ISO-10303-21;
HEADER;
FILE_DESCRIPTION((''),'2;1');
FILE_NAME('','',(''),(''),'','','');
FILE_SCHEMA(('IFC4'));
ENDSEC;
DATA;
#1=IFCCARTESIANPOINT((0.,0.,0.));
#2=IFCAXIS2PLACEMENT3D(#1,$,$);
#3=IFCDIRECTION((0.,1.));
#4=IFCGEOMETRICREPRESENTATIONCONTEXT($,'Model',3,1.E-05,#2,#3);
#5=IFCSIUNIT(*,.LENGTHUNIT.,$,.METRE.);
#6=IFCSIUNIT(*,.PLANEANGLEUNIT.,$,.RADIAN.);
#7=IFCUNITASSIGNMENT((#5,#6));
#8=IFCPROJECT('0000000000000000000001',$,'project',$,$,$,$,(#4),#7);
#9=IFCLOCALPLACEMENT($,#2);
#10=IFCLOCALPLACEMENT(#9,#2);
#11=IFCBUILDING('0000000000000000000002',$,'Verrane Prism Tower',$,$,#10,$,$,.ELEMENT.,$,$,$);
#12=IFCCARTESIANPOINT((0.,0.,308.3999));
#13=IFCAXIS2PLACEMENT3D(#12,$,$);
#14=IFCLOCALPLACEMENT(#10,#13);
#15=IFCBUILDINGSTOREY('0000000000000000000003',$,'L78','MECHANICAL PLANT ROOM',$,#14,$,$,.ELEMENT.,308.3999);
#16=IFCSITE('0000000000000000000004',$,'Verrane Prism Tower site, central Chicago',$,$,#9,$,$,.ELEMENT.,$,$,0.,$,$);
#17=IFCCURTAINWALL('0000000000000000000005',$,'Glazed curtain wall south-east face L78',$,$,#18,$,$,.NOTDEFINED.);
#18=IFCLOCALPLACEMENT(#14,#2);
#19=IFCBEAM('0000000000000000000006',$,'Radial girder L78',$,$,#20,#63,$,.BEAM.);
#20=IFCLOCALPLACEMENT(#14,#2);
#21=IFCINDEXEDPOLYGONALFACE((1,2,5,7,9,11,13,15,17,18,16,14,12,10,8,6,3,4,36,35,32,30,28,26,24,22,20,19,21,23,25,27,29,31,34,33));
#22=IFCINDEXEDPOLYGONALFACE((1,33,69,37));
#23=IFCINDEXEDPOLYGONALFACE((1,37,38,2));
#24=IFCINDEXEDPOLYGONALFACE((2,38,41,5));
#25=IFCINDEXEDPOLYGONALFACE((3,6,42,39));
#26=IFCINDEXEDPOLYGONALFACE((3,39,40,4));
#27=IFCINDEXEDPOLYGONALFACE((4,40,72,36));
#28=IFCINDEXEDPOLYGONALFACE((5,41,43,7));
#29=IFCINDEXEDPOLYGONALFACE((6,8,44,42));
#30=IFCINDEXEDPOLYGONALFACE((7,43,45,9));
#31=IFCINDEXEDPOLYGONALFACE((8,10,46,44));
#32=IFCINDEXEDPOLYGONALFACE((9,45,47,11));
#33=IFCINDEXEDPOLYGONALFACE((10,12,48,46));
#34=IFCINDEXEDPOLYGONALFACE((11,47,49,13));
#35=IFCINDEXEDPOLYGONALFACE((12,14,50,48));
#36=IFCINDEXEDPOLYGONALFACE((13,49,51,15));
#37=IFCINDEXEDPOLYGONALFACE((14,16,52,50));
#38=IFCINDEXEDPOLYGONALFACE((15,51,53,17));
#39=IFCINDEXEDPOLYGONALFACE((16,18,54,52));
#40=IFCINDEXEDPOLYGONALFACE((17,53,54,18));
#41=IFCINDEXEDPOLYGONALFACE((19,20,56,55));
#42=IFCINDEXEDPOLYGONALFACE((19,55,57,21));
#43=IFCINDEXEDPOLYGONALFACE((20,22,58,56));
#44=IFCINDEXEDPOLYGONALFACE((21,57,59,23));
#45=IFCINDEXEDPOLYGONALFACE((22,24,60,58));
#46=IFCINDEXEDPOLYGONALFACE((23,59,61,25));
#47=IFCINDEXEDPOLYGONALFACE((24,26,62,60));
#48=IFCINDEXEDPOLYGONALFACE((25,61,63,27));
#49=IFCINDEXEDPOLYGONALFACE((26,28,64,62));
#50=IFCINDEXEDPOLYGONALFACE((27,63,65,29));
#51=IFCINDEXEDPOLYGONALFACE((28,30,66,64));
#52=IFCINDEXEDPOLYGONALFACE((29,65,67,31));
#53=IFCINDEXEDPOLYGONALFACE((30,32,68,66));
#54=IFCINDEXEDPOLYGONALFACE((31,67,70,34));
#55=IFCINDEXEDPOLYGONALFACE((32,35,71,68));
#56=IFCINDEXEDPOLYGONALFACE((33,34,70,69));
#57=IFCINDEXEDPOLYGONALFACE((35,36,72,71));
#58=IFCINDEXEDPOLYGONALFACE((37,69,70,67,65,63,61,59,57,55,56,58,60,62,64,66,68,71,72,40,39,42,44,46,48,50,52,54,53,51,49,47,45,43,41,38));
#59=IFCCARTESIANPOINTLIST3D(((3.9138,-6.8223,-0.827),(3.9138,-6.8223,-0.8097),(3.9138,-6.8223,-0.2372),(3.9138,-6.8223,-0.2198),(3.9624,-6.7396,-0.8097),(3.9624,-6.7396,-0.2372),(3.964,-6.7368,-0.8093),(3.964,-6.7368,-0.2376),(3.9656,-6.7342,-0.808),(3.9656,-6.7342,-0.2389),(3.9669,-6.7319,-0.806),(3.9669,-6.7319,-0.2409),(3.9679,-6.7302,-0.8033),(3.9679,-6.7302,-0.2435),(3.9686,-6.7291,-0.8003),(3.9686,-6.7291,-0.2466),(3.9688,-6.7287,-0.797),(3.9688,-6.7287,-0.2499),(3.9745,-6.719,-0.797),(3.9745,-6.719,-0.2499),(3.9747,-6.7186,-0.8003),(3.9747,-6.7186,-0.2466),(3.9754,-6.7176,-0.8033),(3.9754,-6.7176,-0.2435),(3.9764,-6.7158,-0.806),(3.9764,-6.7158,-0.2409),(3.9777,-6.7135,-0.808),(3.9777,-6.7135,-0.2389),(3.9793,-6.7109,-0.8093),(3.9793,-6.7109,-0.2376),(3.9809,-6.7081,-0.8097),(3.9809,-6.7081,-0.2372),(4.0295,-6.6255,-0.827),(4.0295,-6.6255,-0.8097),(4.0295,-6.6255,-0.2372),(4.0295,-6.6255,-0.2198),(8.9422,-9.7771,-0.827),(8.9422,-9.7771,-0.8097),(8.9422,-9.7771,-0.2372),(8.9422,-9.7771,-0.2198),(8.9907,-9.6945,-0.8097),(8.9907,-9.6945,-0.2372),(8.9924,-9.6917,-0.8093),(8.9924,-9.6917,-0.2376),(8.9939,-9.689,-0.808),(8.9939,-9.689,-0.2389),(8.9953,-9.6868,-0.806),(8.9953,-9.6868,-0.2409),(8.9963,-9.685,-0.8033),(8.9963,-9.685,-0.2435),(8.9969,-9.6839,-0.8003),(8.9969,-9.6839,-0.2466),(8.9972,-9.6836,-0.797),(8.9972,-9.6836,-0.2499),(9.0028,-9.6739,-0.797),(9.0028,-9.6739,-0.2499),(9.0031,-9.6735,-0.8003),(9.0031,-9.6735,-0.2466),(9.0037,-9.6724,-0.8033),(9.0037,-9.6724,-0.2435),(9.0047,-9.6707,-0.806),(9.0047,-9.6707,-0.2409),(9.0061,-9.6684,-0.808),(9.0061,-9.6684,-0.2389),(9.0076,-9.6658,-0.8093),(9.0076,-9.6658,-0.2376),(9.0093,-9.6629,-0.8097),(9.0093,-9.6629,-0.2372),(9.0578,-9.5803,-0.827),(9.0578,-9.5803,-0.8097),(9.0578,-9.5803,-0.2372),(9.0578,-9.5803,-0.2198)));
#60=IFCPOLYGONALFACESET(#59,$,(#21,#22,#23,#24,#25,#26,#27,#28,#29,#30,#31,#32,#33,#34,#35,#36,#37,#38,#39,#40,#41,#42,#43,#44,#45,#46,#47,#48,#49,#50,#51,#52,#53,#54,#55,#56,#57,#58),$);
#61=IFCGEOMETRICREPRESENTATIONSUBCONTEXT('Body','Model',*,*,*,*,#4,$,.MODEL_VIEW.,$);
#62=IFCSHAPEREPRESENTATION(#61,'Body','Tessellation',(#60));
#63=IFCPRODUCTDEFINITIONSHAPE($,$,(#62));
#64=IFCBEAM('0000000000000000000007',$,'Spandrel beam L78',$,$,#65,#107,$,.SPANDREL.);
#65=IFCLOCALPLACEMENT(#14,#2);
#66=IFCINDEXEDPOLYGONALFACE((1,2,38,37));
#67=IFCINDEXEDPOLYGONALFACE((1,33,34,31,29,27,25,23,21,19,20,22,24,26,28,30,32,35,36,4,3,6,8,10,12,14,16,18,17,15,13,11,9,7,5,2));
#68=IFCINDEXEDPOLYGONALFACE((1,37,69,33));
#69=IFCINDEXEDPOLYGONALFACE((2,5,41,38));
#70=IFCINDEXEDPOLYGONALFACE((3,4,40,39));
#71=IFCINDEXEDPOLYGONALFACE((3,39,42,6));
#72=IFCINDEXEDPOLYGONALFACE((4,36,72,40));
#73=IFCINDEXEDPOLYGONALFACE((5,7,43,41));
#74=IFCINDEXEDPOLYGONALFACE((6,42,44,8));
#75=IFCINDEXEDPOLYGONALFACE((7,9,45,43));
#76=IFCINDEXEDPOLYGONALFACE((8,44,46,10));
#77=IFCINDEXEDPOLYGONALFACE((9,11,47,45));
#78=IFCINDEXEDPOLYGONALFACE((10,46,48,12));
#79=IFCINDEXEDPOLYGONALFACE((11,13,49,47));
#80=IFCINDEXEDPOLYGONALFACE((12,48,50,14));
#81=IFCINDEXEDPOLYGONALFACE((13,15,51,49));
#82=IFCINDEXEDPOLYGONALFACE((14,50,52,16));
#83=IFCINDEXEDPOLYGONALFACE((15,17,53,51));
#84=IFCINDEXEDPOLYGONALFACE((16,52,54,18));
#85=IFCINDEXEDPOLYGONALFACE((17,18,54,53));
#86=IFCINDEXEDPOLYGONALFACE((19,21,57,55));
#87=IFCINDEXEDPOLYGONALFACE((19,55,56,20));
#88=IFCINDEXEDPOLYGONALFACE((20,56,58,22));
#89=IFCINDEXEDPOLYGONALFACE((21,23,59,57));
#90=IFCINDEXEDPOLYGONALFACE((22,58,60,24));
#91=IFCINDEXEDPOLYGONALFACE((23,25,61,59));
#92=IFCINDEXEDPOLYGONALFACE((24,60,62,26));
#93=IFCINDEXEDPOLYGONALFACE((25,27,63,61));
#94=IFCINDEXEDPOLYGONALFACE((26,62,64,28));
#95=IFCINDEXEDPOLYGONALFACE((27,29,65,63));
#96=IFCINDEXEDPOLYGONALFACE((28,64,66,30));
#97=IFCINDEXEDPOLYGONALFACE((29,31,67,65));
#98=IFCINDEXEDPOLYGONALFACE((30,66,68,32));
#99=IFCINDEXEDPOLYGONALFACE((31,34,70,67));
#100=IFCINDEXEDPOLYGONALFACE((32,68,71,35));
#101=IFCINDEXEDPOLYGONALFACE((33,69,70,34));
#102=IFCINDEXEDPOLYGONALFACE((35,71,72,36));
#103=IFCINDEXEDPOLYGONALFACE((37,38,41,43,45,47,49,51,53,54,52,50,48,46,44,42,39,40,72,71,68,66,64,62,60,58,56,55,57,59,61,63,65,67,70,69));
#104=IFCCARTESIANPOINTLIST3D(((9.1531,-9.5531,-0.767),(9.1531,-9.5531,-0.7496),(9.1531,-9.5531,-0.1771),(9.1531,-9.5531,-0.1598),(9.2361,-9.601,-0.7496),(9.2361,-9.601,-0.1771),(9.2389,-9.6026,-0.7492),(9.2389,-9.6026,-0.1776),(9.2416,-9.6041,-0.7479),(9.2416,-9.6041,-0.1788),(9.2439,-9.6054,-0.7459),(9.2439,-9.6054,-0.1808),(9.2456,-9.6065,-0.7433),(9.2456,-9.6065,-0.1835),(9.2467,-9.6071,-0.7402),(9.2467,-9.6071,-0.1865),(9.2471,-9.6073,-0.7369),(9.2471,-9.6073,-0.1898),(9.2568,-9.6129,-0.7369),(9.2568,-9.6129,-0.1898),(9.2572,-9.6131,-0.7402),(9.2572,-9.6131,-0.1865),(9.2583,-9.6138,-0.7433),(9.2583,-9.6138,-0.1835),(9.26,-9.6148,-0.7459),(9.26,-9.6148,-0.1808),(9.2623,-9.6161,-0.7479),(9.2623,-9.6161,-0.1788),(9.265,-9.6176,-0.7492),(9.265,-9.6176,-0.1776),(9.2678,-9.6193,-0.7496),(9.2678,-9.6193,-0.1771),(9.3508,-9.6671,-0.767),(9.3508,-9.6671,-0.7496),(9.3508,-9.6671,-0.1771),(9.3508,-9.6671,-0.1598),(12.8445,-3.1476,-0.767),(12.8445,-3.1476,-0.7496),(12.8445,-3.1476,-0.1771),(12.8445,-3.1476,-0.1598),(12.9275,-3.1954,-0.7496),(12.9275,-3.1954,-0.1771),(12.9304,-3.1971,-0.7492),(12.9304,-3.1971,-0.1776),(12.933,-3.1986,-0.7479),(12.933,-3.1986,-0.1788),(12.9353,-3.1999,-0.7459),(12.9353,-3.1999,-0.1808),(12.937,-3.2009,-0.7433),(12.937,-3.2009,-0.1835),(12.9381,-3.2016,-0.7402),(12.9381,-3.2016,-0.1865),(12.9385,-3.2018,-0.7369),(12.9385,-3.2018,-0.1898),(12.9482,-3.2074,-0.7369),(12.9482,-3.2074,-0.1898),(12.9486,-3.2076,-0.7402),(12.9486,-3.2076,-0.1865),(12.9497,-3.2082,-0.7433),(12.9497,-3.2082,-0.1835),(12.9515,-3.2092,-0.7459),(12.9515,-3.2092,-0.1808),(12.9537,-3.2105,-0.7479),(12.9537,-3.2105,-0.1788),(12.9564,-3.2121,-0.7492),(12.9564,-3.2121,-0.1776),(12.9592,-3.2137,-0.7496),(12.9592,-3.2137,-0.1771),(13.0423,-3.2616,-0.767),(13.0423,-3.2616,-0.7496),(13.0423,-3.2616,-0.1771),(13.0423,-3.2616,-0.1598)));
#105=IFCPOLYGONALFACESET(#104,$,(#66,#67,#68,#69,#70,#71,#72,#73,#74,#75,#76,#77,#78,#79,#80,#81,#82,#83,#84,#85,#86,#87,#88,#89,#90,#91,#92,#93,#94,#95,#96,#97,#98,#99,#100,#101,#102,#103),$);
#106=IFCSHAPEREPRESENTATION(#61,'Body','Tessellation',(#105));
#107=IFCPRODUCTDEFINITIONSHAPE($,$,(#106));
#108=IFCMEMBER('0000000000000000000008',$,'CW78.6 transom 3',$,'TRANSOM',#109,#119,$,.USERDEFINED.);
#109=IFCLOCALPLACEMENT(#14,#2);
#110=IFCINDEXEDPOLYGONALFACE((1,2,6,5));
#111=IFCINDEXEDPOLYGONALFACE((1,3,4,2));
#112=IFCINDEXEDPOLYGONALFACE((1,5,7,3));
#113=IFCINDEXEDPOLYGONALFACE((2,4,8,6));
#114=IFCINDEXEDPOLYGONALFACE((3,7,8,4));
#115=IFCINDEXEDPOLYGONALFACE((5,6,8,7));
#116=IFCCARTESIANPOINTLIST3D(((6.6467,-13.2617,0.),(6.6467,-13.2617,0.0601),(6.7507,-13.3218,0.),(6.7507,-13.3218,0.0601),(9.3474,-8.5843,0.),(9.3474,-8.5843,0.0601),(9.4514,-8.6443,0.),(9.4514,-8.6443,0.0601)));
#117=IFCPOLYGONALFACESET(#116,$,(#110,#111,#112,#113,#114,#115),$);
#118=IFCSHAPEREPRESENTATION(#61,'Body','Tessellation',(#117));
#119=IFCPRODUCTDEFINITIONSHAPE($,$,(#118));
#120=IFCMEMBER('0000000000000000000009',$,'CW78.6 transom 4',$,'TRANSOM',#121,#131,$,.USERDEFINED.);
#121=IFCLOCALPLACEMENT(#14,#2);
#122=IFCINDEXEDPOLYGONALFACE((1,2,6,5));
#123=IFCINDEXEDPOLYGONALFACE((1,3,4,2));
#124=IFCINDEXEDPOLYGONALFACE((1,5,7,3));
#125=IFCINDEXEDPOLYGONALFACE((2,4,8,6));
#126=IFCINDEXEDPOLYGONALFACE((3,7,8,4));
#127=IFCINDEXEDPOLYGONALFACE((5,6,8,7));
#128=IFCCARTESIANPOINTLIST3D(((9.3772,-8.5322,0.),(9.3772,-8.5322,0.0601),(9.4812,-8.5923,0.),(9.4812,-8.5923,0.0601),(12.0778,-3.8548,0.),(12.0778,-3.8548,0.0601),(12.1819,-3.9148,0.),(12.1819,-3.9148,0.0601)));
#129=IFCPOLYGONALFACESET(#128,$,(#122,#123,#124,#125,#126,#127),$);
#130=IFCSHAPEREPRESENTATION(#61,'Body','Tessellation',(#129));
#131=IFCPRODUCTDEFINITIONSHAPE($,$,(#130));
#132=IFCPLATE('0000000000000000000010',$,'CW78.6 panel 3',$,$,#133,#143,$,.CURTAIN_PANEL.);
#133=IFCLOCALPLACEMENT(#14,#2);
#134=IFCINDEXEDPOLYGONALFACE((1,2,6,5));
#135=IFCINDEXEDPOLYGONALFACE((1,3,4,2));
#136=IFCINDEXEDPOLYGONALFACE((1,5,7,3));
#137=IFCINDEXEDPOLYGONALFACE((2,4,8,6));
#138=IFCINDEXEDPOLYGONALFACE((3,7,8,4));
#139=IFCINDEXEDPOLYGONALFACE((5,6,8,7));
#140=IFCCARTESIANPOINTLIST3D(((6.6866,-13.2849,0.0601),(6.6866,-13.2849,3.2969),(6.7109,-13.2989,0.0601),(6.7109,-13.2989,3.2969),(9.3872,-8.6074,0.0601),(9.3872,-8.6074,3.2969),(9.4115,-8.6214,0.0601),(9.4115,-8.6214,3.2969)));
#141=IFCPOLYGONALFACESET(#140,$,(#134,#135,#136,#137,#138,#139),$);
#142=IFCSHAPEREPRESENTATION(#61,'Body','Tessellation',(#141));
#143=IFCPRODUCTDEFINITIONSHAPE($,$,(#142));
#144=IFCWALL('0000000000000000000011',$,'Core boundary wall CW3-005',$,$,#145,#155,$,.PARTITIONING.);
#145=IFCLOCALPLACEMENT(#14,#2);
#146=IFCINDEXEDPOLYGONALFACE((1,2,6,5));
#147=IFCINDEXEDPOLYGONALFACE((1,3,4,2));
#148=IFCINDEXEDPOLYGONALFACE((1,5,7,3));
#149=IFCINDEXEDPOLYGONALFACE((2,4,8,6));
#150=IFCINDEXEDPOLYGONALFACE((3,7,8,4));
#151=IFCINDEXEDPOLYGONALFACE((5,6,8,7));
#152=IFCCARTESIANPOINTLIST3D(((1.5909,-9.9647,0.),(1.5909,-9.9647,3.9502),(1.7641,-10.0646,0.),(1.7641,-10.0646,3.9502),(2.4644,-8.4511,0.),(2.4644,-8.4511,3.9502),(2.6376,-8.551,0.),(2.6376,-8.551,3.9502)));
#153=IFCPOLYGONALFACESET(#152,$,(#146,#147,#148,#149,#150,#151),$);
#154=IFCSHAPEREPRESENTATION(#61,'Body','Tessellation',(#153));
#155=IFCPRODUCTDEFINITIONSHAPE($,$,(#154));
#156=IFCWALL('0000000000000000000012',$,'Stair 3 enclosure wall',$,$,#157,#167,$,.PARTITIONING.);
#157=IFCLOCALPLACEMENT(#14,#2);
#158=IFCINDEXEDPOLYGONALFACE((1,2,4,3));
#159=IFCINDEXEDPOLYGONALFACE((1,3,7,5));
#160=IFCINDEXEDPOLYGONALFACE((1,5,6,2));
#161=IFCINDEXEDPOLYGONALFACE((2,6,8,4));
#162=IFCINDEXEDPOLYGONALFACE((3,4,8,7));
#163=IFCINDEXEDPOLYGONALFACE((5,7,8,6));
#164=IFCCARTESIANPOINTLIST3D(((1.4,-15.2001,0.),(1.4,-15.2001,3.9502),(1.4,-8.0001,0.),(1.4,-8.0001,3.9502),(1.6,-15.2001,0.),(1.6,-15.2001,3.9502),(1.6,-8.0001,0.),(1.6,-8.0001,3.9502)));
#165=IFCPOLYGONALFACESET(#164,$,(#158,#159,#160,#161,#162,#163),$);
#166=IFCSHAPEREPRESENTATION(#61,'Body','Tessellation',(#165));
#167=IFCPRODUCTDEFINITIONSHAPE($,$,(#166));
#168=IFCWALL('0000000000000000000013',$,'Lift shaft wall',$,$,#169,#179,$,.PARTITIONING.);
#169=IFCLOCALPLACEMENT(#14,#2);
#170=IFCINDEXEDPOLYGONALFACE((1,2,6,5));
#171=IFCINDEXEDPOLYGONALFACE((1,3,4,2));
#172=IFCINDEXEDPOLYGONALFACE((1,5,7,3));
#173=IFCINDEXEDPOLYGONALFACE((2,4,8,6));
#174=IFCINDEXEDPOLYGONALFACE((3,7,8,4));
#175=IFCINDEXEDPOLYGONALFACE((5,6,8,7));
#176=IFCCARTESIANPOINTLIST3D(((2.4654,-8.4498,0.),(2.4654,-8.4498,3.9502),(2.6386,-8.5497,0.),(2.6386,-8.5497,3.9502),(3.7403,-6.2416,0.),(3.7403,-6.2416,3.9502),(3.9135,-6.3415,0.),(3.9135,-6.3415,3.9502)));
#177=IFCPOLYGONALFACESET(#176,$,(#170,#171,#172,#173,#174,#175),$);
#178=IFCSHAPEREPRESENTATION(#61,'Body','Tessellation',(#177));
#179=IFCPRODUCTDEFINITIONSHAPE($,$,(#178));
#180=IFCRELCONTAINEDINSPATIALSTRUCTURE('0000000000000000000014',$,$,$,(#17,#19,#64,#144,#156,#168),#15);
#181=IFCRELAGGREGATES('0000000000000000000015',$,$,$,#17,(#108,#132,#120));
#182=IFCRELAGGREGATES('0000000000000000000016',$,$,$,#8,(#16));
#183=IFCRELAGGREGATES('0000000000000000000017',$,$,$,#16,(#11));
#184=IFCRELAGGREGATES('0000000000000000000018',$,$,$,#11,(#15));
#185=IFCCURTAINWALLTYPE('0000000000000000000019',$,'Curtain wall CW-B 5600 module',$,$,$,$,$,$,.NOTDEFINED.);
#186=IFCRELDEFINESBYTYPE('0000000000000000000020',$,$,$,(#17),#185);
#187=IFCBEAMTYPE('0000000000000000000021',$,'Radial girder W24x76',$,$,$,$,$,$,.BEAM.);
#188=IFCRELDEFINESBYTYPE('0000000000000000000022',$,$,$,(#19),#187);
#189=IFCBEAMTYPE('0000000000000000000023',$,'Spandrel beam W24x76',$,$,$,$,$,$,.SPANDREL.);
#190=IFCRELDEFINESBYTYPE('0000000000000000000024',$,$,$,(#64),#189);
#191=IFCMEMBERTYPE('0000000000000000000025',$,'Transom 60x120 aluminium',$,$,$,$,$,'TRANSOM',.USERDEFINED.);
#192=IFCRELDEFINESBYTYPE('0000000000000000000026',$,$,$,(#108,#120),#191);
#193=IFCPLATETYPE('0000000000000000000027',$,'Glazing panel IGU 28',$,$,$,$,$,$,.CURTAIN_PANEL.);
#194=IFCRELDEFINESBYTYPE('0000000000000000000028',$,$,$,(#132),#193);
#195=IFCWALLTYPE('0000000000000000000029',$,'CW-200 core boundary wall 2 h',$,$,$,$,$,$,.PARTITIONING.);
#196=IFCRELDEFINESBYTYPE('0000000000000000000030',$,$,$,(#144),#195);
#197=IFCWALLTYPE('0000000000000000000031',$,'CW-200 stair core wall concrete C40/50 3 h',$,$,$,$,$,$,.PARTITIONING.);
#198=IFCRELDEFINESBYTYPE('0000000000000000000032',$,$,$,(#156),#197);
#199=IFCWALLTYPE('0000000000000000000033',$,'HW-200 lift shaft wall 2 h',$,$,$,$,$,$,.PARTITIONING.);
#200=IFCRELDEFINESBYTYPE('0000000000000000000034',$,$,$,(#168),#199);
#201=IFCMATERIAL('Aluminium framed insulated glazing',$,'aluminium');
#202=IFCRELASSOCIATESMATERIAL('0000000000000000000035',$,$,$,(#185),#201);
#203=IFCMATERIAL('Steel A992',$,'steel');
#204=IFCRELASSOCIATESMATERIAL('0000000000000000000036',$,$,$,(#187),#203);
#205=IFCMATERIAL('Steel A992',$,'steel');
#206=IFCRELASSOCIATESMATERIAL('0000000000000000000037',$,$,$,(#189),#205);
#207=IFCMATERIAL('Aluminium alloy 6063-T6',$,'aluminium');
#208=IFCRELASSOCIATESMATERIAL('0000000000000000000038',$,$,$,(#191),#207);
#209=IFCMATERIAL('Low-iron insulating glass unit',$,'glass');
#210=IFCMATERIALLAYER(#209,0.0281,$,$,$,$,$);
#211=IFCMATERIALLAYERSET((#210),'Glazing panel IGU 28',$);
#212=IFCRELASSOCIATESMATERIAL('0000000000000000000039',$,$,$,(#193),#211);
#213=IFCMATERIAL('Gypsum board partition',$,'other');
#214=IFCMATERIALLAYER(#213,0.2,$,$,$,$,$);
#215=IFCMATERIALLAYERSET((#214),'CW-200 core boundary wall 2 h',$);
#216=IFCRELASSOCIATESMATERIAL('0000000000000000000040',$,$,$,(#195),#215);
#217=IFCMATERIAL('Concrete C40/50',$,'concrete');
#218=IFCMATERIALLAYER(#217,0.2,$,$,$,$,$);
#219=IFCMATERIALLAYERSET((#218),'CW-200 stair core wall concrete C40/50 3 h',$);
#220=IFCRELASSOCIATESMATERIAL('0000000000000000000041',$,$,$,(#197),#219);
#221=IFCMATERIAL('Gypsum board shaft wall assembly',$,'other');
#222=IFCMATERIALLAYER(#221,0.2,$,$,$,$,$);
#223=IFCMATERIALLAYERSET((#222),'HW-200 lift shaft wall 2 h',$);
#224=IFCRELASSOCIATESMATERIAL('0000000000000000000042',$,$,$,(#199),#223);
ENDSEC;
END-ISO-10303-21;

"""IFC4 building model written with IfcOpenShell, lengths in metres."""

from ifc_helpers import new_model, si_unit, direction, frame, frame_2d, origin, origin_2d, place, context, subcontext, project, spatial, rectangle, i_section, extrude, material, layer, layer_set, material_profile, profile_set, type_object, element, aggregate, save


model = new_model("IFC4")

# Units and contexts
model_context = context("Model", 3, precision=1e-05, world=origin(), true_north=direction((0.0, 1.0)))
body_context = subcontext(model_context, "Body", "Model", "MODEL_VIEW")
ifc_project = project(units=[si_unit("LENGTHUNIT", "METRE"), si_unit("PLANEANGLEUNIT", "RADIAN")], contexts=[model_context])

# Site, building, storey
site_placement = place(None, origin())
site = spatial("IfcSite", under=ifc_project, at=site_placement, Name="Verrane Prism Tower site, central Chicago", CompositionType="ELEMENT", RefElevation=0.0)
building_placement = place(site_placement, origin())
building = spatial("IfcBuilding", under=site, at=building_placement, Name="Verrane Prism Tower", CompositionType="ELEMENT")
storey_placement = place(building_placement, frame((0.0, 0.0, 308.3999)))
storey = spatial("IfcBuildingStorey", under=building, at=storey_placement, Name="L78", Description="MECHANICAL PLANT ROOM", CompositionType="ELEMENT", Elevation=308.3999)

# Curtain wall
ifc_material_1 = material(Name="Aluminium framed insulated glazing", Category="aluminium")
curtain_wall_type = type_object("IfcCurtainWallType", Name="Curtain wall CW-B 5600 module", PredefinedType="NOTDEFINED", material=ifc_material_1)
curtain_wall_placement = place(storey_placement, origin())
curtain_wall = element("IfcCurtainWall", 1, at=curtain_wall_placement, inside=storey, type_object=curtain_wall_type, Name="Glazed curtain wall south-east face L78", PredefinedType="NOTDEFINED")

# Beams
ifc_material_2 = material(Name="Steel A992", Category="steel")
ifc_material_profile_1 = material_profile(ifc_material_2, i_section(OverallWidth=0.2283, OverallDepth=0.6072, WebThickness=0.0112, FlangeThickness=0.0173, FilletRadius=0.0127, at=origin_2d()), Name="W24x76")
ifc_profile_set_1 = profile_set([ifc_material_profile_1], Name="Steel A992")
beam_type_1 = type_object("IfcBeamType", Name="Radial girder W24x76", PredefinedType="BEAM", material=ifc_profile_set_1)
beam_1_placement = place(storey_placement, frame((9.0, -9.6787, -0.5234), z_axis=(-0.862159, 0.506638, 0.0), x_axis=(-0.506638, -0.862159, 0.0)))
element("IfcBeam", 2, at=beam_1_placement, inside=storey, type_object=beam_type_1, Name="Radial girder L78", PredefinedType="BEAM", context=body_context, shape_type="SweptSolid", body=[
    extrude(i_section(OverallWidth=0.2283, OverallDepth=0.6072, WebThickness=0.0112, FlangeThickness=0.0173, FilletRadius=0.0127, at=origin_2d()), origin(), (0.0, 0.0, 1.0), 5.8323),
])
ifc_material_3 = material(Name="Steel A992", Category="steel")
ifc_material_profile_2 = material_profile(ifc_material_3, i_section(OverallWidth=0.2283, OverallDepth=0.6072, WebThickness=0.0112, FlangeThickness=0.0173, FilletRadius=0.0127, at=origin_2d()), Name="W24x76")
ifc_profile_set_2 = profile_set([ifc_material_profile_2], Name="Steel A992")
beam_type_2 = type_object("IfcBeamType", Name="Spandrel beam W24x76", PredefinedType="SPANDREL", material=ifc_profile_set_2)
beam_2_placement = place(storey_placement, frame((9.252, -9.6101, -0.4634), z_axis=(0.499308, 0.866425, 0.0), x_axis=(-0.866425, 0.499308, 0.0)))
element("IfcBeam", 3, at=beam_2_placement, inside=storey, type_object=beam_type_2, Name="Spandrel beam L78", PredefinedType="SPANDREL", context=body_context, shape_type="SweptSolid", body=[
    extrude(i_section(OverallWidth=0.2283, OverallDepth=0.6072, WebThickness=0.0112, FlangeThickness=0.0173, FilletRadius=0.0127, at=origin_2d()), origin(), (0.0, 0.0, 1.0), 7.3931),
])

# Members
ifc_material_4 = material(Name="Aluminium alloy 6063-T6", Category="aluminium")
ifc_material_profile_3 = material_profile(ifc_material_4, rectangle(XDim=0.1201, YDim=0.0601, at=origin_2d()), Name="Transom 60x120 aluminium")
ifc_profile_set_3 = profile_set([ifc_material_profile_3], Name="Aluminium alloy 6063-T6")
member_type_1 = type_object("IfcMemberType", Name="Transom 60x120 aluminium", ElementType="TRANSOM", PredefinedType="USERDEFINED", material=ifc_profile_set_3)
member_1_placement = place(storey_placement, frame((6.6987, -13.2917, 0.03), z_axis=(0.500019, 0.866015, 0.0), x_axis=(-0.866015, 0.500019, 0.0)))
member_1 = element("IfcMember", 4, at=member_1_placement, type_object=member_type_1, Name="CW78.6 transom 3", ObjectType="TRANSOM", PredefinedType="USERDEFINED", context=body_context, shape_type="SweptSolid", body=[
    extrude(rectangle(XDim=0.1201, YDim=0.0601, at=origin_2d()), origin(), (0.0, 0.0, 1.0), 5.4011),
])
member_2_placement = place(storey_placement, frame((9.4292, -8.5623, 0.03), z_axis=(0.500019, 0.866015, 0.0), x_axis=(-0.866015, 0.500019, 0.0)))
member_2 = element("IfcMember", 5, at=member_2_placement, type_object=member_type_1, Name="CW78.6 transom 4", ObjectType="TRANSOM", PredefinedType="USERDEFINED", context=body_context, shape_type="SweptSolid", body=[
    extrude(rectangle(XDim=0.1201, YDim=0.0601, at=origin_2d()), origin(), (0.0, 0.0, 1.0), 5.4011),
])

# Plate
ifc_material_5 = material(Name="Low-iron insulating glass unit", Category="glass")
ifc_layer_1 = layer(ifc_material_5, 0.0281)
ifc_layer_set_1 = layer_set([ifc_layer_1], Name="Glazing panel IGU 28")
plate_type = type_object("IfcPlateType", Name="Glazing panel IGU 28", PredefinedType="CURTAIN_PANEL", material=ifc_layer_set_1)
plate_placement = place(storey_placement, frame((8.0491, -10.9531, 0.0601), z_axis=(0.0, 0.0, 1.0), x_axis=(0.5, 0.866025, 0.0)))
plate = element("IfcPlate", 6, at=plate_placement, type_object=plate_type, Name="CW78.6 panel 3", PredefinedType="CURTAIN_PANEL", context=body_context, shape_type="SweptSolid", body=[
    extrude(rectangle(XDim=5.4011, YDim=0.0281, at=origin_2d()), origin(), (0.0, 0.0, 1.0), 3.2368),
])
aggregate(curtain_wall, [member_1, plate, member_2])

# Walls
ifc_material_6 = material(Name="Gypsum board partition", Category="other")
ifc_layer_2 = layer(ifc_material_6, 0.2)
ifc_layer_set_2 = layer_set([ifc_layer_2], Name="CW-200 core boundary wall 2 h")
wall_type_1 = type_object("IfcWallType", Name="CW-200 core boundary wall 2 h", PredefinedType="PARTITIONING", material=ifc_layer_set_2)
wall_1_placement = place(storey_placement, frame((1.6775, -10.0146, 0.0), z_axis=(0.0, 0.0, 1.0), x_axis=(0.499835, 0.86612, 0.0)))
element("IfcWall", 7, at=wall_1_placement, inside=storey, type_object=wall_type_1, Name="Core boundary wall CW3-005", PredefinedType="PARTITIONING", context=body_context, shape_type="SweptSolid", body=[
    extrude(rectangle(XDim=1.7476, YDim=0.2, at=frame_2d((0.8738, 0.0))), origin(), (0.0, 0.0, 1.0), 3.9502),
])
ifc_material_7 = material(Name="Concrete C40/50", Category="concrete")
ifc_layer_3 = layer(ifc_material_7, 0.2)
ifc_layer_set_3 = layer_set([ifc_layer_3], Name="CW-200 stair core wall concrete C40/50 3 h")
wall_type_2 = type_object("IfcWallType", Name="CW-200 stair core wall concrete C40/50 3 h", PredefinedType="PARTITIONING", material=ifc_layer_set_3)
wall_2_placement = place(storey_placement, frame((1.5, -8.0, 0.0), z_axis=(0.0, 0.0, 1.0), x_axis=(0.0, -1.0, 0.0)))
element("IfcWall", 8, at=wall_2_placement, inside=storey, type_object=wall_type_2, Name="Stair 3 enclosure wall", PredefinedType="PARTITIONING", context=body_context, shape_type="SweptSolid", body=[
    extrude(rectangle(XDim=7.2, YDim=0.2, at=frame_2d((3.6001, 0.0))), origin(), (0.0, 0.0, 1.0), 3.9502),
])
ifc_material_8 = material(Name="Gypsum board shaft wall assembly", Category="other")
ifc_layer_4 = layer(ifc_material_8, 0.2)
ifc_layer_set_4 = layer_set([ifc_layer_4], Name="HW-200 lift shaft wall 2 h")
wall_type_3 = type_object("IfcWallType", Name="HW-200 lift shaft wall 2 h", PredefinedType="PARTITIONING", material=ifc_layer_set_4)
wall_3_placement = place(storey_placement, frame((2.552, -8.4998, 0.0), z_axis=(0.0, 0.0, 1.0), x_axis=(0.49999, 0.866031, 0.0)))
element("IfcWall", 9, at=wall_3_placement, inside=storey, type_object=wall_type_3, Name="Lift shaft wall", PredefinedType="PARTITIONING", context=body_context, shape_type="SweptSolid", body=[
    extrude(rectangle(XDim=2.5498, YDim=0.2, at=frame_2d((1.2749, 0.0))), origin(), (0.0, 0.0, 1.0), 3.9502),
])

save(model, "model.ifc")
